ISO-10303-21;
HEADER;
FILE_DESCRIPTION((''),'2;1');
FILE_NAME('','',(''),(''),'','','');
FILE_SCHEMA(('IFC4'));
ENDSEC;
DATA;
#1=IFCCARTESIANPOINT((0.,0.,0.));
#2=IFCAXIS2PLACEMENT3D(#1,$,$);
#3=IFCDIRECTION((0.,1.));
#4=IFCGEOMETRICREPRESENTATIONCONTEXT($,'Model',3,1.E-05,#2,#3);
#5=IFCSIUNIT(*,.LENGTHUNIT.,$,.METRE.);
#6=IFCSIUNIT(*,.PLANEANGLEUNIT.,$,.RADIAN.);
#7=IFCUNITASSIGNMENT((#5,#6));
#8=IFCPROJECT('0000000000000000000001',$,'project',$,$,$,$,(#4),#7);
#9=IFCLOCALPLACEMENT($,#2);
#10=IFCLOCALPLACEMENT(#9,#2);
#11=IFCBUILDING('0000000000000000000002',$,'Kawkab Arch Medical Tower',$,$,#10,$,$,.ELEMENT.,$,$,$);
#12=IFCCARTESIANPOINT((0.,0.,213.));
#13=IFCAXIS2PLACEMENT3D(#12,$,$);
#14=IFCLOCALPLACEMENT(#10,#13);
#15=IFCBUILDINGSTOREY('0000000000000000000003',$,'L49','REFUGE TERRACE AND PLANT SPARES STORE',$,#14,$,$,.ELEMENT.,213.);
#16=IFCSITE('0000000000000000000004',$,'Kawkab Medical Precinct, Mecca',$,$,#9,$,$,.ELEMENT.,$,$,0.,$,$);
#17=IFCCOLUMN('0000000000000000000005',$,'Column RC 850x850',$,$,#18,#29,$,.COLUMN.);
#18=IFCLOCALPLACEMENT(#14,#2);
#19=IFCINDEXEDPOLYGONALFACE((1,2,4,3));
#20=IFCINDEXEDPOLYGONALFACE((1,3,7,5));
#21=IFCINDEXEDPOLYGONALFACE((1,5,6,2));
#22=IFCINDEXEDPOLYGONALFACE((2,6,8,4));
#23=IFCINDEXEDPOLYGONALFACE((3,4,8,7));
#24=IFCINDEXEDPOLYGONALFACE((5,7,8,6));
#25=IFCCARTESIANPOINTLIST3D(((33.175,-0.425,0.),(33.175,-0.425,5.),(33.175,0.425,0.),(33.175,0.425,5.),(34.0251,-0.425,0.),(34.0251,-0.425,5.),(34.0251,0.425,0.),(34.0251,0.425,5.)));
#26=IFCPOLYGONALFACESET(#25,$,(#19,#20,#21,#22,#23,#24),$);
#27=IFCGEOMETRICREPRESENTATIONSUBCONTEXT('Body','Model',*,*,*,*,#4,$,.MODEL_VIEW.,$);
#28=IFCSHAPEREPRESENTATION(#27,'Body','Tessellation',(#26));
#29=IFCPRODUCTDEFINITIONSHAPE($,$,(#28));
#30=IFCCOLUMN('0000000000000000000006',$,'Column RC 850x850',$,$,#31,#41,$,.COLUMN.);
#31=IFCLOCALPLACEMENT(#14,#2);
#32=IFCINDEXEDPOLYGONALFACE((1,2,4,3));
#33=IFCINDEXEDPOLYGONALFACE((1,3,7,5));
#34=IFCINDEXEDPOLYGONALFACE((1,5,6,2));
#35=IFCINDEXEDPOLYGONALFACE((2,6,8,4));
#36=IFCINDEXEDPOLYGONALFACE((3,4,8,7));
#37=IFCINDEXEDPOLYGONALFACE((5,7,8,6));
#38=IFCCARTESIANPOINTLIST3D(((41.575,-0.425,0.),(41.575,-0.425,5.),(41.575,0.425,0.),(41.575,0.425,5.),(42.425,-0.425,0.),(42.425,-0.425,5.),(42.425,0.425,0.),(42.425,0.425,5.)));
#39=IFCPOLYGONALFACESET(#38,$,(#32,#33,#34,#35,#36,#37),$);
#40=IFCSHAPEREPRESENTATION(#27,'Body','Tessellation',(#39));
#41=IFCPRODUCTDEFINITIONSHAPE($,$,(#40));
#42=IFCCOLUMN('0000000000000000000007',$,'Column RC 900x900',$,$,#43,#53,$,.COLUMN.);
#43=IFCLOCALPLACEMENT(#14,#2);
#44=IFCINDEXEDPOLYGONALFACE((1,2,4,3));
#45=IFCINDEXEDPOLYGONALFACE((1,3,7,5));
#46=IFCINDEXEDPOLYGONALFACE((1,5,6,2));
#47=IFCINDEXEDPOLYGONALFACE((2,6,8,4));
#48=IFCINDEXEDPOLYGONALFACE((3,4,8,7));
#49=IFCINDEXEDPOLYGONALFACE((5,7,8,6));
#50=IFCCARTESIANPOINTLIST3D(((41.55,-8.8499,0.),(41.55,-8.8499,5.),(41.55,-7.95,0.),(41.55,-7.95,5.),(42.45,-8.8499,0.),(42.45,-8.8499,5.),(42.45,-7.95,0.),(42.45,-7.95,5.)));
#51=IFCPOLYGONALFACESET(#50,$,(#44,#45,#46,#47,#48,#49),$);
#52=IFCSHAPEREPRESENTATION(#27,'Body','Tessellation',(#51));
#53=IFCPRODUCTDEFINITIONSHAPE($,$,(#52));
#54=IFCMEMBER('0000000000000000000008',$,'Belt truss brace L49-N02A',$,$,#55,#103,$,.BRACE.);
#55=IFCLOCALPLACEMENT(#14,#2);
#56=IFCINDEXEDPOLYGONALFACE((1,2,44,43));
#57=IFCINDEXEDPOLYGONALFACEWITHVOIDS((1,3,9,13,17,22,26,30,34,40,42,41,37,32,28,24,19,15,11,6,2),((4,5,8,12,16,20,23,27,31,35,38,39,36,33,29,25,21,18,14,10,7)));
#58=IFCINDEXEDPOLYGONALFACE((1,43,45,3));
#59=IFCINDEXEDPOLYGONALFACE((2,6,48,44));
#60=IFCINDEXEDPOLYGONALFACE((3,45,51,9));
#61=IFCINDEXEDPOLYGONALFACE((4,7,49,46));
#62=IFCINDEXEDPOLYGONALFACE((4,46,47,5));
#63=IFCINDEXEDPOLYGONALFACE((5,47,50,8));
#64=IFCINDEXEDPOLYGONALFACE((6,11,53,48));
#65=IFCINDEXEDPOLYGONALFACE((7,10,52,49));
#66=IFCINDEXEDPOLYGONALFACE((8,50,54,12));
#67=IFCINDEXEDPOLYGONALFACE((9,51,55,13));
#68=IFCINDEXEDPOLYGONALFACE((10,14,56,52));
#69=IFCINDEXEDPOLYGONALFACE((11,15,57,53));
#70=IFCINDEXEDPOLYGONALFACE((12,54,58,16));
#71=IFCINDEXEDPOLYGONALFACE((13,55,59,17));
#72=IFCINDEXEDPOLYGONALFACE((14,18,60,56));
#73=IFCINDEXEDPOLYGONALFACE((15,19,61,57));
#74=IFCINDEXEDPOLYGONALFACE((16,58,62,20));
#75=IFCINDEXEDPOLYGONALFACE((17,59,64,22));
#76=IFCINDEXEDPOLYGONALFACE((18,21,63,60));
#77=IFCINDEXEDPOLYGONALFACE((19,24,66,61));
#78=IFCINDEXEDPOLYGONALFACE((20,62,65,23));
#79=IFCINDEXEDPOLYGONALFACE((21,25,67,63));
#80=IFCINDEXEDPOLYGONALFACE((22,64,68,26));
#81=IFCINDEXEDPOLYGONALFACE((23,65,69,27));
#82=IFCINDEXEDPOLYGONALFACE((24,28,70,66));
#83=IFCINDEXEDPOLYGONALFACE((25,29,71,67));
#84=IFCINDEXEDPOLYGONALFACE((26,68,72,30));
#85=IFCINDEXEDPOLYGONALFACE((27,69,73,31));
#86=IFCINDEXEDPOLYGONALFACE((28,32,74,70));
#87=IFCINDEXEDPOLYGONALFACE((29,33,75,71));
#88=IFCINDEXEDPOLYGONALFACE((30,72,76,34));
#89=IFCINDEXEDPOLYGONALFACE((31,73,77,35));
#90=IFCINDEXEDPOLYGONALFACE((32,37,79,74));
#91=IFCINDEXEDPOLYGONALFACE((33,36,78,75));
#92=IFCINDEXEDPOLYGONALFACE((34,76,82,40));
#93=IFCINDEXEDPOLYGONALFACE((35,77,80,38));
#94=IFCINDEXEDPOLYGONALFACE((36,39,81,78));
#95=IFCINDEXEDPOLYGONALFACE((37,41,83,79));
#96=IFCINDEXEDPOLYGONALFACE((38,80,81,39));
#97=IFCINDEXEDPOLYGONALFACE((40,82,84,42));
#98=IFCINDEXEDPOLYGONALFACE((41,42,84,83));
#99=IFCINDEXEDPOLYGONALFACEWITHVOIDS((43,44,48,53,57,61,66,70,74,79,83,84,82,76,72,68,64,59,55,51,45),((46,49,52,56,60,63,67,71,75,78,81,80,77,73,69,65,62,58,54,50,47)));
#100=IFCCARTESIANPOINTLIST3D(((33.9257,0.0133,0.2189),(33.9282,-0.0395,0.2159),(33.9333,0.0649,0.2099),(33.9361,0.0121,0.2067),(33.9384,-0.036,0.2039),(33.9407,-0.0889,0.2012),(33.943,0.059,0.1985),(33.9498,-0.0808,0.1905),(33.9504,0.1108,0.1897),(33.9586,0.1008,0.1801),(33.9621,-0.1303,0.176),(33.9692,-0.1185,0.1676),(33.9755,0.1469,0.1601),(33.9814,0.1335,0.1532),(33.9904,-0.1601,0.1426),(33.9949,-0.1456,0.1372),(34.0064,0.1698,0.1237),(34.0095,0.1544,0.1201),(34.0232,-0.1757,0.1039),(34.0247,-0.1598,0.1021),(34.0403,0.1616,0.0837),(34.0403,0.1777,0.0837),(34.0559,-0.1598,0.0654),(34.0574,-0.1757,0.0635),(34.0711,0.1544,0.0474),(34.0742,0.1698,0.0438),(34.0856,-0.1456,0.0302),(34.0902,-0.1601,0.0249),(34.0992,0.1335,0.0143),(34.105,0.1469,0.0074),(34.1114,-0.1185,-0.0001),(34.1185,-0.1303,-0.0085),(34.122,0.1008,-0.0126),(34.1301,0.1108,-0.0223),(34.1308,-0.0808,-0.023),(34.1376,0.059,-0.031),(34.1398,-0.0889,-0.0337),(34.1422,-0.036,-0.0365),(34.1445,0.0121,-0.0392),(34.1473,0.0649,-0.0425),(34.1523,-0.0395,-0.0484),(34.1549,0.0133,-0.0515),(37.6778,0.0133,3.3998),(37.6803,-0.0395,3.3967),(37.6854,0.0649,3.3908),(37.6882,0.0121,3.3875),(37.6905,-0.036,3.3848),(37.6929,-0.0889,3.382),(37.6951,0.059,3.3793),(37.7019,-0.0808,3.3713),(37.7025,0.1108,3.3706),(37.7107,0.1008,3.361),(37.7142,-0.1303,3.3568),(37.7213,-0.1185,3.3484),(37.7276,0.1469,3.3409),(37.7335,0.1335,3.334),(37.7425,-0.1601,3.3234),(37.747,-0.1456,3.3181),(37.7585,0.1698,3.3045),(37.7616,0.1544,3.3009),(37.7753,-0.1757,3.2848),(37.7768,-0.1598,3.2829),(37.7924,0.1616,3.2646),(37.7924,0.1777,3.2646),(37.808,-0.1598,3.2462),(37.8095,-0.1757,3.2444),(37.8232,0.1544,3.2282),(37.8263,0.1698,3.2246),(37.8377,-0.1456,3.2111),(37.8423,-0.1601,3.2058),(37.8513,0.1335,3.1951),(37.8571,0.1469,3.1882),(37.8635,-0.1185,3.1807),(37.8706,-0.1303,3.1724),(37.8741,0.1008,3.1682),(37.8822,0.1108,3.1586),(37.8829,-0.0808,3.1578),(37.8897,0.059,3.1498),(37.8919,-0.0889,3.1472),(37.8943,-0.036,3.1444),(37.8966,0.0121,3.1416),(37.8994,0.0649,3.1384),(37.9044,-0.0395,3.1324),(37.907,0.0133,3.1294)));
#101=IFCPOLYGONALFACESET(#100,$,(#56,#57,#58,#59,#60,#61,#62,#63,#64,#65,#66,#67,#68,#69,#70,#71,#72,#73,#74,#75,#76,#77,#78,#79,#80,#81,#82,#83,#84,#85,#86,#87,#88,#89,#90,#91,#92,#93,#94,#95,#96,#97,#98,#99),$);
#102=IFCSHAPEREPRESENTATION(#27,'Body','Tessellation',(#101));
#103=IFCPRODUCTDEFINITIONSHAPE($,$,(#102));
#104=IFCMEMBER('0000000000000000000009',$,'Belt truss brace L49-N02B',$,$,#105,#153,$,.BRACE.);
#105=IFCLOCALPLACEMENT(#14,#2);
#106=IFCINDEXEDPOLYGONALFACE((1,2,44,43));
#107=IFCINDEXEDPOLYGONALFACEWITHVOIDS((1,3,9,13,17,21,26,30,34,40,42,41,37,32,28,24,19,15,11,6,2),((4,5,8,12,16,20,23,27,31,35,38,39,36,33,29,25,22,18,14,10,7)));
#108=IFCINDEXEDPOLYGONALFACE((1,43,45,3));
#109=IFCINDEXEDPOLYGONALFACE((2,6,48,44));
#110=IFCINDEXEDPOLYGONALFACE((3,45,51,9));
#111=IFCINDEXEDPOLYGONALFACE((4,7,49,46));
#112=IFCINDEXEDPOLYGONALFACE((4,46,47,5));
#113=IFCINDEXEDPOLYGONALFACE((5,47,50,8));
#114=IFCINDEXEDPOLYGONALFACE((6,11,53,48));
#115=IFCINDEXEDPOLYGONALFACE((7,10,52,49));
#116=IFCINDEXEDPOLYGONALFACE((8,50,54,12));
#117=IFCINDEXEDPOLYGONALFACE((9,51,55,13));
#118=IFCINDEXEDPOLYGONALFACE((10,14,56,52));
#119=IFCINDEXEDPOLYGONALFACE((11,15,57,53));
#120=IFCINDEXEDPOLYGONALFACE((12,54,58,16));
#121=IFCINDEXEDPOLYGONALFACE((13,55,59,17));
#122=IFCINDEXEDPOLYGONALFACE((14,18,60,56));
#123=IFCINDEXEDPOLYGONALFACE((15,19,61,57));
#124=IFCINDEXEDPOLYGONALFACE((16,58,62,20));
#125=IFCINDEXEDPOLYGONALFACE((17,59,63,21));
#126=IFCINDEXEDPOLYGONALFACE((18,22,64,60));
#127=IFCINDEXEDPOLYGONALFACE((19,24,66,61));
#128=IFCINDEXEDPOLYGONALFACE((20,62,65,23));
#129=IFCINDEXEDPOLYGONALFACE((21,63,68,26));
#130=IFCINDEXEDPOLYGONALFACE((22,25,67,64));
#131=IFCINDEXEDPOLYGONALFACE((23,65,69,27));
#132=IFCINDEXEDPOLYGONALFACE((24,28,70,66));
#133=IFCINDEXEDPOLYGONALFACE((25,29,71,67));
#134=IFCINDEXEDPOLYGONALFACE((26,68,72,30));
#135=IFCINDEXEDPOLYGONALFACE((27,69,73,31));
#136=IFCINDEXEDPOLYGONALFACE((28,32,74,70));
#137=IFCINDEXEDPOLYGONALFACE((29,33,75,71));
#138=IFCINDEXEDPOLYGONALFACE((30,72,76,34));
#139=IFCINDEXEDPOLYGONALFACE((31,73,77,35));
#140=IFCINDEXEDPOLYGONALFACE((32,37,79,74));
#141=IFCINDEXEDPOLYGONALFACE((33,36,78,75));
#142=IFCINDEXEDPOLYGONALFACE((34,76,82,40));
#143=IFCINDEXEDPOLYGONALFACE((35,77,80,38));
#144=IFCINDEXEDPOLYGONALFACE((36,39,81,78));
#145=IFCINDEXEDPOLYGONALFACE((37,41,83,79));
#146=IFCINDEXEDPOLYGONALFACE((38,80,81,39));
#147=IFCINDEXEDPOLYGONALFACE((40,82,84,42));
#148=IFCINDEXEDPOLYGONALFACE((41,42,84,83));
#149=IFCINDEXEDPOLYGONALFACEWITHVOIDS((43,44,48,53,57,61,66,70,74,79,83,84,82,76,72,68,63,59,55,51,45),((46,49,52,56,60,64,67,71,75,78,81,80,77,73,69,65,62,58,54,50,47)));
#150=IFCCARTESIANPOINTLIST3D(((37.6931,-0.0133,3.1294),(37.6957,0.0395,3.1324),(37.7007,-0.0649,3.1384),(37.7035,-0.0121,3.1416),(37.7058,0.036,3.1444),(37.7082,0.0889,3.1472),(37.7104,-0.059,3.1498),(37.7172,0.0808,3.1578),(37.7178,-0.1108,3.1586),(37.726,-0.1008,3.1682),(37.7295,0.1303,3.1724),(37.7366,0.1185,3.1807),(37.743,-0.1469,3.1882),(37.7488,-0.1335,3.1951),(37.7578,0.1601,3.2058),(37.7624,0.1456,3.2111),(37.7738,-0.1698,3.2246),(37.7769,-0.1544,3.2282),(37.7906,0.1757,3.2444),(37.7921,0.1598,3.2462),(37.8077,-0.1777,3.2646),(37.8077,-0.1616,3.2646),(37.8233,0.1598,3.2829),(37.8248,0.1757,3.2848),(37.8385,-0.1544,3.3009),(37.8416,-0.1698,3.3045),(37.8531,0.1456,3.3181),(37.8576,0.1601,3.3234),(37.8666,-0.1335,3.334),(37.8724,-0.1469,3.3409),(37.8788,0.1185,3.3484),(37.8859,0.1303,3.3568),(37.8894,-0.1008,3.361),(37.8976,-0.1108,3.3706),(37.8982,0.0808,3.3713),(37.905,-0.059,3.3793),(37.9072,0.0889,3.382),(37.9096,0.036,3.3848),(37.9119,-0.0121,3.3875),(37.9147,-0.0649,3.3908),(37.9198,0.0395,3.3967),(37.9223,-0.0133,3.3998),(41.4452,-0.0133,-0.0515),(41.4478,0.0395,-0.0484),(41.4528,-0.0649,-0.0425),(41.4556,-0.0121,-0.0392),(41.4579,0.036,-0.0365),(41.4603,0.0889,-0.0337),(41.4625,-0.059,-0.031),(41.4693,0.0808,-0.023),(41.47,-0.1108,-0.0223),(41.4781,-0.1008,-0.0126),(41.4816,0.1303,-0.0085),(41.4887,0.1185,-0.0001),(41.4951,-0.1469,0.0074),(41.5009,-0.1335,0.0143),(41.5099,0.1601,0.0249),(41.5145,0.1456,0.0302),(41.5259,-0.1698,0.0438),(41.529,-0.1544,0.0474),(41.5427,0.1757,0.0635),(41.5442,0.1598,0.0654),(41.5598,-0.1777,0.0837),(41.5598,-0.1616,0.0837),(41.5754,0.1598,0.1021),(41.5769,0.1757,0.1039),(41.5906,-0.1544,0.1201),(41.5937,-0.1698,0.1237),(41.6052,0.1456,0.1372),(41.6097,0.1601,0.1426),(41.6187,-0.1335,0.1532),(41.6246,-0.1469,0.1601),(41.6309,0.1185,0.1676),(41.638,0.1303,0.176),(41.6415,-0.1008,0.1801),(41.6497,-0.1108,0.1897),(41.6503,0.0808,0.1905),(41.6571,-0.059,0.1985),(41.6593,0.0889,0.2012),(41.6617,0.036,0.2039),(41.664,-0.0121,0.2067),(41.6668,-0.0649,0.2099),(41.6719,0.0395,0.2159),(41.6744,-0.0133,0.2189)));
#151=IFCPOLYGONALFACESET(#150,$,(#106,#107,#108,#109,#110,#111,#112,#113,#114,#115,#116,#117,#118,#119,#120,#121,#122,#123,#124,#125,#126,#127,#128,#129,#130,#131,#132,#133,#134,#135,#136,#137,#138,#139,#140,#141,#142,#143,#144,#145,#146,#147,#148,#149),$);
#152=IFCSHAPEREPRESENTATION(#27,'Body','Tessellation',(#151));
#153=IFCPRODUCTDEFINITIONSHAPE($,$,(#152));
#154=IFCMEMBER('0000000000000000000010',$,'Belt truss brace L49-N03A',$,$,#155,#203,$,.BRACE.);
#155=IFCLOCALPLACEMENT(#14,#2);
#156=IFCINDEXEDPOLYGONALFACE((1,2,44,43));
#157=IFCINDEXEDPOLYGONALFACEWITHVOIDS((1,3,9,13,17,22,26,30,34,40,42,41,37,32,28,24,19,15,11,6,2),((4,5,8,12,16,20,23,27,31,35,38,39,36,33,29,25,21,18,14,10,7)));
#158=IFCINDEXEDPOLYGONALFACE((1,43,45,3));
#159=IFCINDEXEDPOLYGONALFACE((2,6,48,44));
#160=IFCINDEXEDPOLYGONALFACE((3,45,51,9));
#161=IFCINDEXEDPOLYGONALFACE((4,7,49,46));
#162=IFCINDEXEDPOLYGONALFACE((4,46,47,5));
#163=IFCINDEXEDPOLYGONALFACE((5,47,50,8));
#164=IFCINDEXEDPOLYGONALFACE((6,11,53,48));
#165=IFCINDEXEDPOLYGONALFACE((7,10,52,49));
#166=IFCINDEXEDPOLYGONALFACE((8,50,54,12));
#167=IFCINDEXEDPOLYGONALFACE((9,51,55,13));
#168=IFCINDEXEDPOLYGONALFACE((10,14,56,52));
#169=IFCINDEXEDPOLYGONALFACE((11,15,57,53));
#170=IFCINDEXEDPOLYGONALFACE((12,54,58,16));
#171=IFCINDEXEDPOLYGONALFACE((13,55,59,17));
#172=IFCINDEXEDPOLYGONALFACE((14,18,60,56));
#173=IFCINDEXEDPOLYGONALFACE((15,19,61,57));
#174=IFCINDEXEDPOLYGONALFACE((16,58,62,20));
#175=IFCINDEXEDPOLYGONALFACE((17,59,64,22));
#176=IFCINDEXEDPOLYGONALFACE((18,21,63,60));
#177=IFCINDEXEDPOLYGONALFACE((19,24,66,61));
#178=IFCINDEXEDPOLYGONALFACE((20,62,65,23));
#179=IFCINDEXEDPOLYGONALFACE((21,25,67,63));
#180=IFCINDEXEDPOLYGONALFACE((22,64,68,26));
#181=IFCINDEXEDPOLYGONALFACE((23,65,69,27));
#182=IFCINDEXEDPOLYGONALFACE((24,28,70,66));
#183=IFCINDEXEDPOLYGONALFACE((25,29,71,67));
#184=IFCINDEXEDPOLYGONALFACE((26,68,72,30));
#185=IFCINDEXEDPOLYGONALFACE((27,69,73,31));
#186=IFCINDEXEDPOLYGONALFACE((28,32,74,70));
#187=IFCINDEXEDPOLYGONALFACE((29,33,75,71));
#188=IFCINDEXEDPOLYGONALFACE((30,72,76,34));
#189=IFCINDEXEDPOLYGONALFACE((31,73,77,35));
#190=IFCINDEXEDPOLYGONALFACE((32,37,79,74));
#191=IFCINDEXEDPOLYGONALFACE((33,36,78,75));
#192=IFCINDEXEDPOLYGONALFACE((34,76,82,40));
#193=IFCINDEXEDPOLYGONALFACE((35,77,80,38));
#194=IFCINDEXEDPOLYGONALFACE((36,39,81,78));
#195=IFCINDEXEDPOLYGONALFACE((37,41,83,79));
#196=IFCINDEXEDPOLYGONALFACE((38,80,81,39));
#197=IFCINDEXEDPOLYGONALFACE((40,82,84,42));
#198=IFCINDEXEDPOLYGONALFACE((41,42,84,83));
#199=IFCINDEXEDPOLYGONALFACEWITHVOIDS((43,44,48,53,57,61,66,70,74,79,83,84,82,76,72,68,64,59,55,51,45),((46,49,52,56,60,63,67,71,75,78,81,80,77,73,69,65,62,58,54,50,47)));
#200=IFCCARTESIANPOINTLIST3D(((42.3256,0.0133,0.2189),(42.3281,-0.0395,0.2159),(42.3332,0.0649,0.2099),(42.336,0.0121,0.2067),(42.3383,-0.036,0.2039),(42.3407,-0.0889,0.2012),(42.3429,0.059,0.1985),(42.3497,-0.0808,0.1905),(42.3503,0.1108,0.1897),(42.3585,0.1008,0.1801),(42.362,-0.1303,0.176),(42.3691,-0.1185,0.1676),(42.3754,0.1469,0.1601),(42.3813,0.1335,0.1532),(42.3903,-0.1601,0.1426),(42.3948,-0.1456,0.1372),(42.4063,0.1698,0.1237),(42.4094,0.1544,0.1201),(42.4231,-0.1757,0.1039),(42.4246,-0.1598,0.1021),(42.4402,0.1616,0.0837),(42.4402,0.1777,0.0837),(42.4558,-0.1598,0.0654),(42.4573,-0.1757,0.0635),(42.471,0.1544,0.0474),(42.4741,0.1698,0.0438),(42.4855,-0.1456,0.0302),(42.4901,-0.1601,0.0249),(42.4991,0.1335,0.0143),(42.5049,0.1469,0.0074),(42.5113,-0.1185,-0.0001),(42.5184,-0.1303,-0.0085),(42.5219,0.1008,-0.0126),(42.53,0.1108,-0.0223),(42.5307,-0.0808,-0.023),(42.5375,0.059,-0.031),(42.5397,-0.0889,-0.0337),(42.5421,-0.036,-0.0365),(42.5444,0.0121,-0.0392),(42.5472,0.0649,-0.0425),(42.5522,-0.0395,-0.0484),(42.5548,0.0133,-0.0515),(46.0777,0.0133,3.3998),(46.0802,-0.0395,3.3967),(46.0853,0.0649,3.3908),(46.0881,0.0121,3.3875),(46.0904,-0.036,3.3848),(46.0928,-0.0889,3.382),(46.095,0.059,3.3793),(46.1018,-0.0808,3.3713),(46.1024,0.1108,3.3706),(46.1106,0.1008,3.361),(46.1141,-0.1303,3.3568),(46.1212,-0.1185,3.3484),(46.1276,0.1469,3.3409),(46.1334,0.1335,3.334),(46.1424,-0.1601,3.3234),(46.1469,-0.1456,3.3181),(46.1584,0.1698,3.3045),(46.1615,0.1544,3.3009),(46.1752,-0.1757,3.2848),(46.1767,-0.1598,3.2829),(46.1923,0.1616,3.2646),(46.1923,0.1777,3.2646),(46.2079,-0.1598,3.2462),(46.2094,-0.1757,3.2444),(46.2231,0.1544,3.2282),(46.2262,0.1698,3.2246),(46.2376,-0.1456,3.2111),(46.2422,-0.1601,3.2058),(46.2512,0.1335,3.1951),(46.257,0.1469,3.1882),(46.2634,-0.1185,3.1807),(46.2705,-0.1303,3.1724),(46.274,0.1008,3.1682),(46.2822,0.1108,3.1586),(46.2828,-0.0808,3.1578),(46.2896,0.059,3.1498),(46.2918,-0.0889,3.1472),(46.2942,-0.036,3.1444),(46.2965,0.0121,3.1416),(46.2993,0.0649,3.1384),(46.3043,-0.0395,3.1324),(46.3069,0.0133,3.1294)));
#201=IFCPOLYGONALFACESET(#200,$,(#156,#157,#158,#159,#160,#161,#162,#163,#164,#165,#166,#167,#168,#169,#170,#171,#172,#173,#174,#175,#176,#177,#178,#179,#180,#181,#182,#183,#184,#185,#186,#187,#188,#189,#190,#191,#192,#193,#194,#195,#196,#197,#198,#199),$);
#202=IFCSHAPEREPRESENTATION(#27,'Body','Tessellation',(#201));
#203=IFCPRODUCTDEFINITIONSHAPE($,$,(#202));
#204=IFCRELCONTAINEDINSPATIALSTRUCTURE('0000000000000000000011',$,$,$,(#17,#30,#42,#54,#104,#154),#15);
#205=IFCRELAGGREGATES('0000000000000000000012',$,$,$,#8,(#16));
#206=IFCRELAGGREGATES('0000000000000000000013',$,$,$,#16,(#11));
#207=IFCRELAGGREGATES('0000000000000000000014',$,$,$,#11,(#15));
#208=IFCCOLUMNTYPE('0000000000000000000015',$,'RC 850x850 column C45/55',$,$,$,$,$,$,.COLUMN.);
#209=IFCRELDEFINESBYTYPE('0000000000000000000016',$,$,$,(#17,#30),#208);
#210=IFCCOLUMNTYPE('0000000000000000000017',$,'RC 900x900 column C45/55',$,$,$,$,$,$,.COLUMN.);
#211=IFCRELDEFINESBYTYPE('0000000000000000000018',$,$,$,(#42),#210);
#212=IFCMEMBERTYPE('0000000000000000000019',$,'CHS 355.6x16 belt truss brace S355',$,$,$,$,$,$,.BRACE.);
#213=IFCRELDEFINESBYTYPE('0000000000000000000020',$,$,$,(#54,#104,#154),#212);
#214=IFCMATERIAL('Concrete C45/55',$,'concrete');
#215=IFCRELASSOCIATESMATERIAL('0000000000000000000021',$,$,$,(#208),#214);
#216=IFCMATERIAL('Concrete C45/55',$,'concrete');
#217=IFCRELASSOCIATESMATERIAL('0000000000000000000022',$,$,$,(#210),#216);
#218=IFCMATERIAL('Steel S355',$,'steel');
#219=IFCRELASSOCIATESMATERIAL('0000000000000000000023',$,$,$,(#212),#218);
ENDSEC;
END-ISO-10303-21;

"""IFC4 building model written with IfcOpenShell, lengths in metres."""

from ifc_helpers import new_model, si_unit, direction, frame, origin, origin_2d, place, context, subcontext, project, spatial, rectangle, hollow_circle, extrude, material, material_profile, profile_set, type_object, element, save


model = new_model("IFC4")

# Units and contexts
model_context = context("Model", 3, precision=1e-05, world=origin(), true_north=direction((0.0, 1.0)))
body_context = subcontext(model_context, "Body", "Model", "MODEL_VIEW")
ifc_project = project(units=[si_unit("LENGTHUNIT", "METRE"), si_unit("PLANEANGLEUNIT", "RADIAN")], contexts=[model_context])

# Site, building, storey
site_placement = place(None, origin())
site = spatial("IfcSite", under=ifc_project, at=site_placement, Name="Kawkab Medical Precinct, Mecca", CompositionType="ELEMENT", RefElevation=0.0)
building_placement = place(site_placement, origin())
building = spatial("IfcBuilding", under=site, at=building_placement, Name="Kawkab Arch Medical Tower", CompositionType="ELEMENT")
storey_placement = place(building_placement, frame((0.0, 0.0, 213.0)))
storey = spatial("IfcBuildingStorey", under=building, at=storey_placement, Name="L49", Description="REFUGE TERRACE AND PLANT SPARES STORE", CompositionType="ELEMENT", Elevation=213.0)

# Columns
ifc_material_1 = material(Name="Concrete C45/55", Category="concrete")
ifc_material_profile_1 = material_profile(ifc_material_1, rectangle(XDim=0.8501, YDim=0.8501, at=origin_2d()), Name="RC 850x850")
ifc_profile_set_1 = profile_set([ifc_material_profile_1], Name="Concrete C45/55")
column_type_1 = type_object("IfcColumnType", Name="RC 850x850 column C45/55", PredefinedType="COLUMN", material=ifc_profile_set_1)
for number, where, z_axis, x_axis, name in (
    (1, (33.6001, 0.0, 0.0), (0.0, 0.0, 1.0), (1.0, 0.0, 0.0), "Column RC 850x850"),
    (2, (42.0, 0.0, 0.0), (0.0, 0.0, 1.0), (1.0, 0.0, 0.0), "Column RC 850x850"),
):
    element("IfcColumn", number, at=place(storey_placement, frame(where, z_axis=z_axis, x_axis=x_axis)), inside=storey, type_object=column_type_1, Name=name, PredefinedType="COLUMN", context=body_context, shape_type="SweptSolid", body=[
        extrude(rectangle(XDim=0.8501, YDim=0.8501, at=origin_2d()), origin(), (0.0, 0.0, 1.0), 5.0),
    ])
ifc_material_2 = material(Name="Concrete C45/55", Category="concrete")
ifc_material_profile_2 = material_profile(ifc_material_2, rectangle(XDim=0.8999, YDim=0.8999, at=origin_2d()), Name="RC 900x900")
ifc_profile_set_2 = profile_set([ifc_material_profile_2], Name="Concrete C45/55")
column_type_2 = type_object("IfcColumnType", Name="RC 900x900 column C45/55", PredefinedType="COLUMN", material=ifc_profile_set_2)
column_placement = place(storey_placement, frame((42.0, -8.3999, 0.0), z_axis=(0.0, 0.0, 1.0), x_axis=(1.0, 0.0, 0.0)))
element("IfcColumn", 3, at=column_placement, inside=storey, type_object=column_type_2, Name="Column RC 900x900", PredefinedType="COLUMN", context=body_context, shape_type="SweptSolid", body=[
    extrude(rectangle(XDim=0.8999, YDim=0.8999, at=origin_2d()), origin(), (0.0, 0.0, 1.0), 5.0),
])

# Members
ifc_material_3 = material(Name="Steel S355", Category="steel")
ifc_material_profile_3 = material_profile(ifc_material_3, hollow_circle(Radius=0.1777, WallThickness=0.0161, at=origin_2d()), Name="CHS 355.6x16")
ifc_profile_set_3 = profile_set([ifc_material_profile_3], Name="Steel S355")
member_type = type_object("IfcMemberType", Name="CHS 355.6x16 belt truss brace S355", PredefinedType="BRACE", material=ifc_profile_set_3)
for number, where, z_axis, x_axis, name in (
    (4, (34.0403, 0.0, 0.0837), (0.762787, 0.0, 0.646649), (0.0, 1.0, 0.0), "Belt truss brace L49-N02A"),
    (5, (41.5598, 0.0, 0.0837), (-0.762787, 0.0, 0.646649), (0.0, -1.0, 0.0), "Belt truss brace L49-N02B"),
    (6, (42.4402, 0.0, 0.0837), (0.762787, 0.0, 0.646649), (0.0, 1.0, 0.0), "Belt truss brace L49-N03A"),
):
    element("IfcMember", number, at=place(storey_placement, frame(where, z_axis=z_axis, x_axis=x_axis)), inside=storey, type_object=member_type, Name=name, PredefinedType="BRACE", context=body_context, shape_type="SweptSolid", body=[
        extrude(hollow_circle(Radius=0.1777, WallThickness=0.0161, at=origin_2d()), origin(), (0.0, 0.0, 1.0), 4.9189),
    ])

save(model, "model.ifc")
